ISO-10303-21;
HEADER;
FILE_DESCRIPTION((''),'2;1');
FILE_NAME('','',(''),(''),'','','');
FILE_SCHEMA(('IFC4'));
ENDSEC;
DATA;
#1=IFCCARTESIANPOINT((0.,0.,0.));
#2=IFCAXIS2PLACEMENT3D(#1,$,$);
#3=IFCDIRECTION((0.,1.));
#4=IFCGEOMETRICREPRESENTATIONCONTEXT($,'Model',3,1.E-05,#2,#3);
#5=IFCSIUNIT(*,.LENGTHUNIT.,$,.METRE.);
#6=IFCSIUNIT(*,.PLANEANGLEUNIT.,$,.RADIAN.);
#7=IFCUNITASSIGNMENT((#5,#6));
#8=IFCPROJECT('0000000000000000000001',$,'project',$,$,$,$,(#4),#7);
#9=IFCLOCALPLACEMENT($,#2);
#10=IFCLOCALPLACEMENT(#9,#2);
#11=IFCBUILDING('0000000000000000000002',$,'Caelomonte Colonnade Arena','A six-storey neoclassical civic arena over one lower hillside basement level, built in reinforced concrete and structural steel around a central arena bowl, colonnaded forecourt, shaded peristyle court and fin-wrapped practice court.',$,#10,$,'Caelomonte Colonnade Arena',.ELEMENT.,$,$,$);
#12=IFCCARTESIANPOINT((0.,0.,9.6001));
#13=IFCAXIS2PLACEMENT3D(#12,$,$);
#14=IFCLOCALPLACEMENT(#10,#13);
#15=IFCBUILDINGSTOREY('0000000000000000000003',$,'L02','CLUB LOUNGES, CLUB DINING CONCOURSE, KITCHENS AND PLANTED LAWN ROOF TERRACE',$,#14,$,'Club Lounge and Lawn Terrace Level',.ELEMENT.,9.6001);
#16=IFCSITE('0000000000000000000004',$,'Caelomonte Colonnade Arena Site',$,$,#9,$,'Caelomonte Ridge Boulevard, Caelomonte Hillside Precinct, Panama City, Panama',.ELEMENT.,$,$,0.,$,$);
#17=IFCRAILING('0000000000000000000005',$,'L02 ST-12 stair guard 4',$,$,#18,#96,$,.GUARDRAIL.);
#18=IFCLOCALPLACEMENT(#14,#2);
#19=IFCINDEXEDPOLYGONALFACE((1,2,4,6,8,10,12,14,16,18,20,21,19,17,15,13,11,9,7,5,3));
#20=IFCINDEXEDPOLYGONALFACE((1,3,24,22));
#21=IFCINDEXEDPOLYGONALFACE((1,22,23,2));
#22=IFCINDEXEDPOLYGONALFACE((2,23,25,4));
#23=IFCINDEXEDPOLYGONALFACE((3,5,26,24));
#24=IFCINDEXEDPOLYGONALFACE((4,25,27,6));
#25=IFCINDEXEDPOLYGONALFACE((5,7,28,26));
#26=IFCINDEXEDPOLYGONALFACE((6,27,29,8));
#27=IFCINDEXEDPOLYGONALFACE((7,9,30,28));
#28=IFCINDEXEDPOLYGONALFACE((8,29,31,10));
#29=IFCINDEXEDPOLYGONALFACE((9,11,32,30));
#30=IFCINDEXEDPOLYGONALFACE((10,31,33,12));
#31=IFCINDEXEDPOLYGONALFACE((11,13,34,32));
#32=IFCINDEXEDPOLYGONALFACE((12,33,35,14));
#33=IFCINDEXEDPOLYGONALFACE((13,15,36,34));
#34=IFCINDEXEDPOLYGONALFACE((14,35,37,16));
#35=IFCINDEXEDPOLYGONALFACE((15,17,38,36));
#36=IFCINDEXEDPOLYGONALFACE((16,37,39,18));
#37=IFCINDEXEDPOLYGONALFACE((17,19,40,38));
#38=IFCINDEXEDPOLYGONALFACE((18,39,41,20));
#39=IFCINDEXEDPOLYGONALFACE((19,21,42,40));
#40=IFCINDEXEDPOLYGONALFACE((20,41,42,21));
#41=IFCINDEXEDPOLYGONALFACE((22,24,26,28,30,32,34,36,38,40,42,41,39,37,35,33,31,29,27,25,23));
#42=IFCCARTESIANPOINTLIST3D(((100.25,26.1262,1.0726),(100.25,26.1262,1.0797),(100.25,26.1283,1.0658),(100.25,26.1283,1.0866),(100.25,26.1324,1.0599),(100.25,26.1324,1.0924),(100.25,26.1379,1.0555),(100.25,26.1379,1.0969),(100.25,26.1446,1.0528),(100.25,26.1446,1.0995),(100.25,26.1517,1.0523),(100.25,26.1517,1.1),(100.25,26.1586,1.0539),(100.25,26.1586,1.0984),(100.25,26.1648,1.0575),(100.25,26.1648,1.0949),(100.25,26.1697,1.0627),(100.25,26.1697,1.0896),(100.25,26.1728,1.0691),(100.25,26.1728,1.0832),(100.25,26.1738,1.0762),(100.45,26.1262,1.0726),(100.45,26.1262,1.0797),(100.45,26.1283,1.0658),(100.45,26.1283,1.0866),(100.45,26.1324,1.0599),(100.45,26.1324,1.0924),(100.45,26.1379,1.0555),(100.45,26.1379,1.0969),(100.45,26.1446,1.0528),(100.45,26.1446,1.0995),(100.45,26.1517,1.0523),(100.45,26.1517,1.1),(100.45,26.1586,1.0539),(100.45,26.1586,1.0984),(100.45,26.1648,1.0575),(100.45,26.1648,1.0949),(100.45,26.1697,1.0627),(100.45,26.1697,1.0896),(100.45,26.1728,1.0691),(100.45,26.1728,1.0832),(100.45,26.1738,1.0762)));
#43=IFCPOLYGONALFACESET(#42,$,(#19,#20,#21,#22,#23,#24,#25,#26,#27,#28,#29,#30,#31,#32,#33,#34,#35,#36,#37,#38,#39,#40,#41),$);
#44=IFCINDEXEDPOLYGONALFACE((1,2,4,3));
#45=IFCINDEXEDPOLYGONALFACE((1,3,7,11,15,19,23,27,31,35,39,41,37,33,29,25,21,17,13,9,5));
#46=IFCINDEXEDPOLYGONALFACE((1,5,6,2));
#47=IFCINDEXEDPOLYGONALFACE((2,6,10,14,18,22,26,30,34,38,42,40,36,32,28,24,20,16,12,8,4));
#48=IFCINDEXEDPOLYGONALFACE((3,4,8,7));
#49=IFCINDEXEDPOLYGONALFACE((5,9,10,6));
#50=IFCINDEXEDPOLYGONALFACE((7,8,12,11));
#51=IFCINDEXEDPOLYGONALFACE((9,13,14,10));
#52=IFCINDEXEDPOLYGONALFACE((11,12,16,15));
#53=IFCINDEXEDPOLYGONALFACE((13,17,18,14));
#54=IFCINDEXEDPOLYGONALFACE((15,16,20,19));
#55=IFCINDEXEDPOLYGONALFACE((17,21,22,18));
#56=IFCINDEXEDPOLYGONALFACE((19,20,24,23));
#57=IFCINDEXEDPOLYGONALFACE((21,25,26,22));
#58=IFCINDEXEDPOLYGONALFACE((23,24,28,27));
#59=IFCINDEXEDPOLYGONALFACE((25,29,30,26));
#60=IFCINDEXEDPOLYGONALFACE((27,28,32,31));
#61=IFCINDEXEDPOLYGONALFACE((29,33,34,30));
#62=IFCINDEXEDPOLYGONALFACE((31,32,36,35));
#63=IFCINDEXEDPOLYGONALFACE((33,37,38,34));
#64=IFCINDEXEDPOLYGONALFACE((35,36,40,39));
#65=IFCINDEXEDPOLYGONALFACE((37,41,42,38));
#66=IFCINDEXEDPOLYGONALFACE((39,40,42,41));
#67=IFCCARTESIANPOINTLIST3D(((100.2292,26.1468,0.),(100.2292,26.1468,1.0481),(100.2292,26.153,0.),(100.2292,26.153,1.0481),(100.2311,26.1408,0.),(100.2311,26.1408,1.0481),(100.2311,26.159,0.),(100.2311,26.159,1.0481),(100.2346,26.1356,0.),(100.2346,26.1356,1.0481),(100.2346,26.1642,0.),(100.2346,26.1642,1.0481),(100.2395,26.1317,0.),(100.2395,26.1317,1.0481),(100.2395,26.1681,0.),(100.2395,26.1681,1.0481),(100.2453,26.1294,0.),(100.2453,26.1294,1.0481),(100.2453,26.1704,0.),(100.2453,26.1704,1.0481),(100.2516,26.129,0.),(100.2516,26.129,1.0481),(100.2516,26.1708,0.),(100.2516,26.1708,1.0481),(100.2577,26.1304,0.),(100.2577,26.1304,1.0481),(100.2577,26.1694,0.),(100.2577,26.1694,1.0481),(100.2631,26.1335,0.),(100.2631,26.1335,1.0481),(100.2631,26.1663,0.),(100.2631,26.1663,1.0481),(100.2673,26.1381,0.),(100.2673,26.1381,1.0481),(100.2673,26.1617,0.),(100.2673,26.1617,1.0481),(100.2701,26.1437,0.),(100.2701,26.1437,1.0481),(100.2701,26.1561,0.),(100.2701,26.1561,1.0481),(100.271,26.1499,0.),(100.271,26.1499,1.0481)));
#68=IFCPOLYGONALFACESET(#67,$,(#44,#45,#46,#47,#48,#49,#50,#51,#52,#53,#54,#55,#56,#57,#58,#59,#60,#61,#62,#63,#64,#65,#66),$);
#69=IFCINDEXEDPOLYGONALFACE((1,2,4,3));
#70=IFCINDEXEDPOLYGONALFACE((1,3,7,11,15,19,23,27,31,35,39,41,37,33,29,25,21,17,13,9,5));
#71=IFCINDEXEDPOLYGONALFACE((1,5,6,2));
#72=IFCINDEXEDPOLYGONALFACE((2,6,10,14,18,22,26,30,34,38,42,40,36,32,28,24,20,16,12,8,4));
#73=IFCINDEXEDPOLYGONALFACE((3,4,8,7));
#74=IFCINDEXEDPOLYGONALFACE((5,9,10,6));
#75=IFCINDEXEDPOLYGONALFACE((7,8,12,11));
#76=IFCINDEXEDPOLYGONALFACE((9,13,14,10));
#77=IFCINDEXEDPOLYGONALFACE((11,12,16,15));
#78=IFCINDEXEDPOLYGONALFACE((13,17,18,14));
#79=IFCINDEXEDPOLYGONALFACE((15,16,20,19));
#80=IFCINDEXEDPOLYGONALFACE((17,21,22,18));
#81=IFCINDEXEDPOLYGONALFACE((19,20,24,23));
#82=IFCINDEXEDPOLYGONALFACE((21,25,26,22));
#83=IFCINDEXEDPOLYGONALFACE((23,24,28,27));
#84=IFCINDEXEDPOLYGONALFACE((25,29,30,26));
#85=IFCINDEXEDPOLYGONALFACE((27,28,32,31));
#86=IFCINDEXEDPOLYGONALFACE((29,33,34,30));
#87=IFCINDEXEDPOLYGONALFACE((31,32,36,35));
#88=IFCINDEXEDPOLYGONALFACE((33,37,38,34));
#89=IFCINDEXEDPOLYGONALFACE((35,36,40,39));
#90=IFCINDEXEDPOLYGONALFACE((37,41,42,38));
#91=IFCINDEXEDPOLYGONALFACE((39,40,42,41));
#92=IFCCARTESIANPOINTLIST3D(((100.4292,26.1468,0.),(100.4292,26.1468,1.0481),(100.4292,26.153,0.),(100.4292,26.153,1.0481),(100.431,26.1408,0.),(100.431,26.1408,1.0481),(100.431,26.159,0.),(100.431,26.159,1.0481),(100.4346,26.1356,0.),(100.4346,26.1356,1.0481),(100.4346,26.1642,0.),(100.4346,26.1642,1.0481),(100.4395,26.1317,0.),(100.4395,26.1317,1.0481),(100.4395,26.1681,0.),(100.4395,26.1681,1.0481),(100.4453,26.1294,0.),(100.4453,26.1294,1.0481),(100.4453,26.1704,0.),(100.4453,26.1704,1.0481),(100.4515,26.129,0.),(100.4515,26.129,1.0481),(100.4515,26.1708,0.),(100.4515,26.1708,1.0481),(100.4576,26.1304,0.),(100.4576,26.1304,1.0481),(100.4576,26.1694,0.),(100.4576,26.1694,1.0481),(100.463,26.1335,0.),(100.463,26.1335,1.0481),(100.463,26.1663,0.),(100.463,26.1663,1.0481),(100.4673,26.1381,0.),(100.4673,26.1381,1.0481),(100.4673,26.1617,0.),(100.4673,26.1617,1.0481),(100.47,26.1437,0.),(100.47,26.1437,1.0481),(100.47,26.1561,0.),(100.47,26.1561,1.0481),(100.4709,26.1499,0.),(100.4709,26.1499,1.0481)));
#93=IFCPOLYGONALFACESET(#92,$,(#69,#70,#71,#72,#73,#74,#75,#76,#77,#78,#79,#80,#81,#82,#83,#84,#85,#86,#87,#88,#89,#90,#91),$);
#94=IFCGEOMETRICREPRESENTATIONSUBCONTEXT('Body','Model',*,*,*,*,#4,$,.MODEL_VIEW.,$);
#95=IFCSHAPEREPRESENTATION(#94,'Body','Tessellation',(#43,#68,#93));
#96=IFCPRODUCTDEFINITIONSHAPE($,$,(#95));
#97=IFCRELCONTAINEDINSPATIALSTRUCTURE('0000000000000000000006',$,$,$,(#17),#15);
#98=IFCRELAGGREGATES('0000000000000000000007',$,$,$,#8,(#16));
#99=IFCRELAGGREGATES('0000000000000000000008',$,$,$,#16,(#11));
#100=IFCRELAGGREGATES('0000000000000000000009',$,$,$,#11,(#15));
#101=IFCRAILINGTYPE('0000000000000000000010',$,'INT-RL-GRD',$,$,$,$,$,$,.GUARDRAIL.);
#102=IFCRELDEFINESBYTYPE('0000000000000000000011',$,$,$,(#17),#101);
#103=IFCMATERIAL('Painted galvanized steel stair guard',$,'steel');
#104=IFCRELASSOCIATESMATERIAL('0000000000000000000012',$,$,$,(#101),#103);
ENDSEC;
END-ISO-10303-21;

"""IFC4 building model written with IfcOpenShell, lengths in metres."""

from ifc_helpers import new_model, si_unit, direction, frame, origin, origin_2d, place, context, subcontext, project, spatial, circle, extrude, material, type_object, element, save


model = new_model("IFC4")

# Units and contexts
model_context = context("Model", 3, precision=1e-05, world=origin(), true_north=direction((0.0, 1.0)))
body_context = subcontext(model_context, "Body", "Model", "MODEL_VIEW")
ifc_project = project(units=[si_unit("LENGTHUNIT", "METRE"), si_unit("PLANEANGLEUNIT", "RADIAN")], contexts=[model_context])

# Site, building, storey
site_placement = place(None, origin())
site = spatial("IfcSite", under=ifc_project, at=site_placement, Name="Caelomonte Colonnade Arena Site", LongName="Caelomonte Ridge Boulevard, Caelomonte Hillside Precinct, Panama City, Panama", CompositionType="ELEMENT", RefElevation=0.0)
building_placement = place(site_placement, origin())
building = spatial("IfcBuilding", under=site, at=building_placement, Name="Caelomonte Colonnade Arena", Description="A six-storey neoclassical civic arena over one lower hillside basement level, built in reinforced concrete and structural steel around a central arena bowl, colonnaded forecourt, shaded peristyle court and fin-wrapped practice court.", LongName="Caelomonte Colonnade Arena", CompositionType="ELEMENT")
storey_placement = place(building_placement, frame((0.0, 0.0, 9.6001)))
storey = spatial("IfcBuildingStorey", under=building, at=storey_placement, Name="L02", Description="CLUB LOUNGES, CLUB DINING CONCOURSE, KITCHENS AND PLANTED LAWN ROOF TERRACE", LongName="Club Lounge and Lawn Terrace Level", CompositionType="ELEMENT", Elevation=9.6001)

# Railing
ifc_material_1 = material(Name="Painted galvanized steel stair guard", Category="steel")
railing_type_1 = type_object("IfcRailingType", Name="INT-RL-GRD", PredefinedType="GUARDRAIL", material=ifc_material_1)
railing_1_placement = place(storey_placement, frame((100.25, 26.1499, 0.0)))
element("IfcRailing", 1, at=railing_1_placement, inside=storey, type_object=railing_type_1, Name="L02 ST-12 stair guard 4", PredefinedType="GUARDRAIL", context=body_context, shape_type="SweptSolid", body=[
    extrude(circle(Radius=0.0239, at=origin_2d()), frame((0.0, 0.0, 1.0762), z_axis=(1.0, 0.0, 0.0), x_axis=(0.0, 1.0, 0.0)), (0.0, 0.0, 1.0), 0.2),
    extrude(circle(Radius=0.021, at=origin_2d()), origin(), (0.0, 0.0, 1.0), 1.0481),
    extrude(circle(Radius=0.021, at=origin_2d()), frame((0.2, 0.0, 0.0)), (0.0, 0.0, 1.0), 1.0481),
])

save(model, "model.ifc")
